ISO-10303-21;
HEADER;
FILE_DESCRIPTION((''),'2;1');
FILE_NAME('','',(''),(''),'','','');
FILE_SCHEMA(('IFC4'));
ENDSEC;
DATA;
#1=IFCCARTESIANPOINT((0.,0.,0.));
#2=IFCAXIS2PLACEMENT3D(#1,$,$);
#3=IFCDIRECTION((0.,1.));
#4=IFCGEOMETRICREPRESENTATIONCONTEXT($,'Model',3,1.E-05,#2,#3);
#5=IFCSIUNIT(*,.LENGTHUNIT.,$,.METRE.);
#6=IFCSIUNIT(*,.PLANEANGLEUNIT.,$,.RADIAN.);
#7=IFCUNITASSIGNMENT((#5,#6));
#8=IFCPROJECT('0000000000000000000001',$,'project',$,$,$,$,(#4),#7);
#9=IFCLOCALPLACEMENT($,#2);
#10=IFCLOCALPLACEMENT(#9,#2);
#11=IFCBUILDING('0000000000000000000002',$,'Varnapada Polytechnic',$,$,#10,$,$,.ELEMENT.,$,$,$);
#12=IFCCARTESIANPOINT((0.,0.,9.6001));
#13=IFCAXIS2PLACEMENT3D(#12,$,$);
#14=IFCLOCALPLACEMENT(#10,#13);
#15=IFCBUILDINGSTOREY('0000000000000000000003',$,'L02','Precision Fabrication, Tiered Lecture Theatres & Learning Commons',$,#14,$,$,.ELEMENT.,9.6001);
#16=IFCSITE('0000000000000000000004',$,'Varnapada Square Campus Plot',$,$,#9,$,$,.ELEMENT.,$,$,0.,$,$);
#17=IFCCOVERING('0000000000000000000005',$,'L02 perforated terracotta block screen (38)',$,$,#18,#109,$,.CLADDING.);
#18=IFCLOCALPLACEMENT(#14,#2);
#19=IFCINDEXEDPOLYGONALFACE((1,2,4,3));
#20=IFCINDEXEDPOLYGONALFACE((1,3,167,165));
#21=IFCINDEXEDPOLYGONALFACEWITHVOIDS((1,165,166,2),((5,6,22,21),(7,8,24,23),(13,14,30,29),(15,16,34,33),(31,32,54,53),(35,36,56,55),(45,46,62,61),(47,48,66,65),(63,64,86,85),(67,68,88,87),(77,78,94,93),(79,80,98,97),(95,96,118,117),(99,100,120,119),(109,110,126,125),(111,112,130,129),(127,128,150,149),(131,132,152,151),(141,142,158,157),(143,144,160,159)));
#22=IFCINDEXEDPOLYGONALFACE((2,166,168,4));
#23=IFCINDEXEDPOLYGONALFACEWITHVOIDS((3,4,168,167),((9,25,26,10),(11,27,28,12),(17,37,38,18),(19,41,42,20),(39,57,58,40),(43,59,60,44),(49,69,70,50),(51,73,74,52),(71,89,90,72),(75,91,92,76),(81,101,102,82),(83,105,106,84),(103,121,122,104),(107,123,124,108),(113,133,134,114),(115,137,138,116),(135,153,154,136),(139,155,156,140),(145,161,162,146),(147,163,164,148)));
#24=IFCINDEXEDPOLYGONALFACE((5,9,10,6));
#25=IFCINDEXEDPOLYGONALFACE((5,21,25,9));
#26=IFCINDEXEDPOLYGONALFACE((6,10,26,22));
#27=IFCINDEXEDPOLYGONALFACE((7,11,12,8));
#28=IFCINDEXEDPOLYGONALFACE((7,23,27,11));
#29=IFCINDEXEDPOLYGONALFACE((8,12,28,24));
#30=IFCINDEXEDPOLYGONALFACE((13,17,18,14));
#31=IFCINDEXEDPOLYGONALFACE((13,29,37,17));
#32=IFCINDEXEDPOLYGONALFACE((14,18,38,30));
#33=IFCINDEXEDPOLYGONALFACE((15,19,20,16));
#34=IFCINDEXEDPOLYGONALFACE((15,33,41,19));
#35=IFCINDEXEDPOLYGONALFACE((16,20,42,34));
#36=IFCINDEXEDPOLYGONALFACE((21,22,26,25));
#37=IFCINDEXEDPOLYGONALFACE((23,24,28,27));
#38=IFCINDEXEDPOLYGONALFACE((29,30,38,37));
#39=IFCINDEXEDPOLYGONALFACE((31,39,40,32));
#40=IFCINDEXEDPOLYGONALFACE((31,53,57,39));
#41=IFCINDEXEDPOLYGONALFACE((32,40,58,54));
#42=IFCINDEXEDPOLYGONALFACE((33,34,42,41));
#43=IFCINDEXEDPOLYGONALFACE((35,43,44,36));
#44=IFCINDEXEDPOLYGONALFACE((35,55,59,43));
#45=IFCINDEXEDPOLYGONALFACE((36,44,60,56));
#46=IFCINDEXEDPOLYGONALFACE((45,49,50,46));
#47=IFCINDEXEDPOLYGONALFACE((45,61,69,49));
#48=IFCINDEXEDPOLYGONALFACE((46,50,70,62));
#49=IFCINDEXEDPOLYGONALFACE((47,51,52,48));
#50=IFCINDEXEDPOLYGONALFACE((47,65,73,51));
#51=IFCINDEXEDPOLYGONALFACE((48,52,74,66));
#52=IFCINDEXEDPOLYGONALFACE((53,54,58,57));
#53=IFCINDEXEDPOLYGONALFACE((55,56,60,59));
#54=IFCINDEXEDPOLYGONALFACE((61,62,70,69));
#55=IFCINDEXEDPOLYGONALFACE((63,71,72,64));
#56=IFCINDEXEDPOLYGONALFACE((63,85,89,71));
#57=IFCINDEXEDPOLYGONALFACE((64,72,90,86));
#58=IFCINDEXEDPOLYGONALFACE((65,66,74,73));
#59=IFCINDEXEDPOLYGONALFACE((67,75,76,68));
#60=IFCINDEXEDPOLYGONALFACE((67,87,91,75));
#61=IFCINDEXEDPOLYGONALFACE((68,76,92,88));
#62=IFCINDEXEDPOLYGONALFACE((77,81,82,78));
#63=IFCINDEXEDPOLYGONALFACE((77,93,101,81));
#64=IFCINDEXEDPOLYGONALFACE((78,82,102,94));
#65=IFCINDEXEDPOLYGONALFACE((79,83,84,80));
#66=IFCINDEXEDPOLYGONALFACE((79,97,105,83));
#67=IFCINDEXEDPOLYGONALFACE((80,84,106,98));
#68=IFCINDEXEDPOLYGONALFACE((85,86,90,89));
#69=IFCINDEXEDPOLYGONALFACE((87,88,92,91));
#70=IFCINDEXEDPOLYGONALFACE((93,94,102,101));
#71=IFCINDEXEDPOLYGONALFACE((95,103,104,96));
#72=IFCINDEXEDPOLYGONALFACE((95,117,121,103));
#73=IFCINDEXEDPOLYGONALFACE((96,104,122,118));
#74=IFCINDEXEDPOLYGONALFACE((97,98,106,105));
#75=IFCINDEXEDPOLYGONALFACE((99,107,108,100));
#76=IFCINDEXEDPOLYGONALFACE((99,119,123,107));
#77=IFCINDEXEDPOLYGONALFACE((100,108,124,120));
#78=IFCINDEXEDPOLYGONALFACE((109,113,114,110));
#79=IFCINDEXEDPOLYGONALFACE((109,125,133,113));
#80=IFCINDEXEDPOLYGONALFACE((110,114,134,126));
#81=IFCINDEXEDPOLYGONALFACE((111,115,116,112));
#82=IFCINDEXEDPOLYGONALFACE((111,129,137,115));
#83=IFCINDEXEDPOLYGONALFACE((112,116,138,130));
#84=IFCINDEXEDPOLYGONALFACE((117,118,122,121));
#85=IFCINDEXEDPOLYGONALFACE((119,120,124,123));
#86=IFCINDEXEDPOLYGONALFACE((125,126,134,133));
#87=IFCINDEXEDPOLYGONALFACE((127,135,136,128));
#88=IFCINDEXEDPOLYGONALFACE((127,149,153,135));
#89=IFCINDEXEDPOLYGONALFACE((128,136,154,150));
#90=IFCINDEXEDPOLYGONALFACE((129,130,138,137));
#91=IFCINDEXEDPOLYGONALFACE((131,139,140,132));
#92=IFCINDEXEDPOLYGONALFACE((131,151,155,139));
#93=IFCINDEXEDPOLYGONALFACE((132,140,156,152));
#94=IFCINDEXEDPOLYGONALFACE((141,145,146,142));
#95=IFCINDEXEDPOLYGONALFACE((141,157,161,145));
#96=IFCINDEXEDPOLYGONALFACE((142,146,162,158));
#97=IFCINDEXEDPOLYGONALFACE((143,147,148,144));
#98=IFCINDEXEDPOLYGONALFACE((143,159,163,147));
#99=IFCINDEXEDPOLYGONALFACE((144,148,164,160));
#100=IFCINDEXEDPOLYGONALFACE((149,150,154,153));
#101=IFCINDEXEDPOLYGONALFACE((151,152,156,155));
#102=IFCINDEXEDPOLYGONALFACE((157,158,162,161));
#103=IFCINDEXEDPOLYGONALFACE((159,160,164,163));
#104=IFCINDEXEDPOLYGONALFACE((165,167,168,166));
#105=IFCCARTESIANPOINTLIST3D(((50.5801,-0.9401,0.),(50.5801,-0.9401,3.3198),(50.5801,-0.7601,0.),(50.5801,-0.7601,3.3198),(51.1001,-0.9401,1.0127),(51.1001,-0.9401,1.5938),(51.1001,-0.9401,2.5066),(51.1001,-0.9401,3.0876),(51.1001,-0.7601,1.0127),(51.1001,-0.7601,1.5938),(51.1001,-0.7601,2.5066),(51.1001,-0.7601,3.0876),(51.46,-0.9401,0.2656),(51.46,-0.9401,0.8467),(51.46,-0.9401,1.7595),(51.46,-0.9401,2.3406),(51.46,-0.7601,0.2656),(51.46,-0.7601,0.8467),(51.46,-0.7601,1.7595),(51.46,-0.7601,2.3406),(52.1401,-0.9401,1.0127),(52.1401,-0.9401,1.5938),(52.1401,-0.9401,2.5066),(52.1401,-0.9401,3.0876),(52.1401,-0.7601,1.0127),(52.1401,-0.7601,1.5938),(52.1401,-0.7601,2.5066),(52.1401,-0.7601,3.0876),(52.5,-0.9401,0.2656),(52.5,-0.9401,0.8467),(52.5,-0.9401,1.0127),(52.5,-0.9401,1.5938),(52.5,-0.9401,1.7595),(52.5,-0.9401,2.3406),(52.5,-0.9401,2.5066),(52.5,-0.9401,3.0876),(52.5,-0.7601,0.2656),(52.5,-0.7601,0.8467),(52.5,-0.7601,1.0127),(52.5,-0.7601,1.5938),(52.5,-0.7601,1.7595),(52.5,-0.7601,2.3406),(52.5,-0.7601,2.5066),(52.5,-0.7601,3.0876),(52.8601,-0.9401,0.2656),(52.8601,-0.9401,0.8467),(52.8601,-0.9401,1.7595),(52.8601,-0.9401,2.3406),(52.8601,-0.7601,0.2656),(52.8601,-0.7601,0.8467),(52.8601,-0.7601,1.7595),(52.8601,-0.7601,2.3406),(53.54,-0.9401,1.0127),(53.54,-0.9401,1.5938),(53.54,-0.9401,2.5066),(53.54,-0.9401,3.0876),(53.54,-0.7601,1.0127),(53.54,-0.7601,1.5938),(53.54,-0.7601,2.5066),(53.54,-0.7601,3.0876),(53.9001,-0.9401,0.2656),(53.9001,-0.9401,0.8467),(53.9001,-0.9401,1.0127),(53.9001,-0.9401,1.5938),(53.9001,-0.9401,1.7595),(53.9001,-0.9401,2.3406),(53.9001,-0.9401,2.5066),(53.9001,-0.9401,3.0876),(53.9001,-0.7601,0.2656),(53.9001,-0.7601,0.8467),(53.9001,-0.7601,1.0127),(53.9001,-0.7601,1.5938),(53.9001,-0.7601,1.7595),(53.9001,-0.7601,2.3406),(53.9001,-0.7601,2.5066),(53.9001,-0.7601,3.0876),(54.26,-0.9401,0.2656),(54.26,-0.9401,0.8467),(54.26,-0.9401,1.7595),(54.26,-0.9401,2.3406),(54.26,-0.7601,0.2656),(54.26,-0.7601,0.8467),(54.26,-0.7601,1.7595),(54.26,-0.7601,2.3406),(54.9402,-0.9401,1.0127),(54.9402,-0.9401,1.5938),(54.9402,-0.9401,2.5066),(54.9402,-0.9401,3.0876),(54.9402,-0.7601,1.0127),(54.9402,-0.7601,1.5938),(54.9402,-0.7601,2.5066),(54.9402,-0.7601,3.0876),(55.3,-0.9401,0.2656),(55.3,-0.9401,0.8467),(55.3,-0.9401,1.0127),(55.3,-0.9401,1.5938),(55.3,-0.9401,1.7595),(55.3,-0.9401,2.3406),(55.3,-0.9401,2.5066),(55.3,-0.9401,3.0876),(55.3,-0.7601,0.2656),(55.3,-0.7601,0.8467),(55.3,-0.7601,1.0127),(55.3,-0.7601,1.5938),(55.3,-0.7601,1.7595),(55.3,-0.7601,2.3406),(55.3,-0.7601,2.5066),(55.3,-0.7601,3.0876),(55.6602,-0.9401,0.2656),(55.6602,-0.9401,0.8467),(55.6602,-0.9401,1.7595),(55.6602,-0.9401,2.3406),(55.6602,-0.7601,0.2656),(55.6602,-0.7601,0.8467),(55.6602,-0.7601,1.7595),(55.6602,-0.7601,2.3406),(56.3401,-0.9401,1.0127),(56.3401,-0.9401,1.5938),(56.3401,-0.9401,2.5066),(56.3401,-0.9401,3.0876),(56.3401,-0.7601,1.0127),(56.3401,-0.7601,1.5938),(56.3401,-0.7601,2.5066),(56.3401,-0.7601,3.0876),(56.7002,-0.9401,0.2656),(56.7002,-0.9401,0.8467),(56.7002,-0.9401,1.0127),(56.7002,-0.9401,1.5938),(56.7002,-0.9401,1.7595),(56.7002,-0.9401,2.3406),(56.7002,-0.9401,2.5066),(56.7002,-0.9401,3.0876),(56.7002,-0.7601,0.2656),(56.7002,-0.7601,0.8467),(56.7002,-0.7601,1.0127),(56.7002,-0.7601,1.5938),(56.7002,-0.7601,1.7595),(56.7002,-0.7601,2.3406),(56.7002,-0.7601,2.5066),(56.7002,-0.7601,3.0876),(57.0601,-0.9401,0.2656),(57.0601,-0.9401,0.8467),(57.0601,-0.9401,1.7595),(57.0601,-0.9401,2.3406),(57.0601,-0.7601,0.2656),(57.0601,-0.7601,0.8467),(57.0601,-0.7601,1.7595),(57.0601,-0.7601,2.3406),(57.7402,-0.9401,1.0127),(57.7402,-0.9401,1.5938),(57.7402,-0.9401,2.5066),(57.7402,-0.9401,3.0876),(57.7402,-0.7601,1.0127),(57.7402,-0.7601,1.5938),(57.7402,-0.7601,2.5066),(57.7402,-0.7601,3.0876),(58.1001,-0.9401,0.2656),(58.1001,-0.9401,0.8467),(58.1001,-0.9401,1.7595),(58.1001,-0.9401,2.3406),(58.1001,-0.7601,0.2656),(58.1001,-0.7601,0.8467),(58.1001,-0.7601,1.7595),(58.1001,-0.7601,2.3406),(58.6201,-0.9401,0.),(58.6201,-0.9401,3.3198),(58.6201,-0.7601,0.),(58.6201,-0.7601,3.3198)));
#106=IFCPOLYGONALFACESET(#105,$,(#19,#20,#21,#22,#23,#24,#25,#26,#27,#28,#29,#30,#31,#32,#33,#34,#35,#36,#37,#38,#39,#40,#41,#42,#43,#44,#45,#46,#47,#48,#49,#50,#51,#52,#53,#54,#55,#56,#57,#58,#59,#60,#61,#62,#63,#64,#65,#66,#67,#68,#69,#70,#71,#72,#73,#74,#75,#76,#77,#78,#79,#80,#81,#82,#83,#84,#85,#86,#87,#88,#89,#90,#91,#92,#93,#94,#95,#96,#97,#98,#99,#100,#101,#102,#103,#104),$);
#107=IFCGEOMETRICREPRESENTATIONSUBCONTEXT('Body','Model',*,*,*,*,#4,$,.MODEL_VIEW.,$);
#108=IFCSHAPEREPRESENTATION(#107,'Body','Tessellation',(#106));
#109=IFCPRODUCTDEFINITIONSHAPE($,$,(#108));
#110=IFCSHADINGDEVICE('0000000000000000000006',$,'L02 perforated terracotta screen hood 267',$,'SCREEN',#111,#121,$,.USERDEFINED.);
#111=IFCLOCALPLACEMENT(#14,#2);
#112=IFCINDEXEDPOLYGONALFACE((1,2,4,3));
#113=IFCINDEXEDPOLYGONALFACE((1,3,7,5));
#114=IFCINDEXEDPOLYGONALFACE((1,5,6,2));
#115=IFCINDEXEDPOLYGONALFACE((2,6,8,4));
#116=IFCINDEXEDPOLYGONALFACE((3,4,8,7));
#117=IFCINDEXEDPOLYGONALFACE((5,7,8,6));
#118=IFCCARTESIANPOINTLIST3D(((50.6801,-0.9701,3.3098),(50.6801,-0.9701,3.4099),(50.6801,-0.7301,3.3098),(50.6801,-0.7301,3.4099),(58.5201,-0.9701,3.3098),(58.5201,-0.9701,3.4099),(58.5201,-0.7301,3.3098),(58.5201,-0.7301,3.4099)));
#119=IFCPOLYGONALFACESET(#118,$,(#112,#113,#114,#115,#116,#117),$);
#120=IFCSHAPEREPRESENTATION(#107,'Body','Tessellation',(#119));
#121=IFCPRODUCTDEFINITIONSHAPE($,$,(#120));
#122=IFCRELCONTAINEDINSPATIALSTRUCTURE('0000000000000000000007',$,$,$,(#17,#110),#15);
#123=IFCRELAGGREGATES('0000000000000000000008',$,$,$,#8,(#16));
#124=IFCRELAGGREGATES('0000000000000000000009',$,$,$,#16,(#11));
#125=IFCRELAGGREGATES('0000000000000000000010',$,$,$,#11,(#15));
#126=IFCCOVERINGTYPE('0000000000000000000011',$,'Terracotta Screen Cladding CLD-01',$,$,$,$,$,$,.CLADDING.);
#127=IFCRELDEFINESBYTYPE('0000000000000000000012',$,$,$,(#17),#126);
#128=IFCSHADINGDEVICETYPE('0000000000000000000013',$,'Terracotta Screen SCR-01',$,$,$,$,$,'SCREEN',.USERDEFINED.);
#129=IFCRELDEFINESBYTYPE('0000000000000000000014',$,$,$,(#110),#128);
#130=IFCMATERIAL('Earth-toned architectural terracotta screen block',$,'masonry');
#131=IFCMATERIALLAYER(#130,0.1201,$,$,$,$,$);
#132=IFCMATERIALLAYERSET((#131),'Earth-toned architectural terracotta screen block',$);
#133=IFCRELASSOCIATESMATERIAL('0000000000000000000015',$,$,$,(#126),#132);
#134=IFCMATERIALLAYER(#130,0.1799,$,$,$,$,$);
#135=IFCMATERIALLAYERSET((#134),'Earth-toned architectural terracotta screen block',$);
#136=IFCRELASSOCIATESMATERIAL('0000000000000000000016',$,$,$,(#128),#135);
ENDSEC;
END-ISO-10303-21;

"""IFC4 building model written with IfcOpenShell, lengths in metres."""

from ifc_helpers import new_model, si_unit, direction, frame, frame_2d, origin, origin_2d, place, context, subcontext, project, spatial, rectangle, extrude, material, layer, layer_set, type_object, element, save


model = new_model("IFC4")

# Units and contexts
model_context = context("Model", 3, precision=1e-05, world=origin(), true_north=direction((0.0, 1.0)))
body_context = subcontext(model_context, "Body", "Model", "MODEL_VIEW")
ifc_project = project(units=[si_unit("LENGTHUNIT", "METRE"), si_unit("PLANEANGLEUNIT", "RADIAN")], contexts=[model_context])

# Site, building, storey
site_placement = place(None, origin())
site = spatial("IfcSite", under=ifc_project, at=site_placement, Name="Varnapada Square Campus Plot", CompositionType="ELEMENT", RefElevation=0.0)
building_placement = place(site_placement, origin())
building = spatial("IfcBuilding", under=site, at=building_placement, Name="Varnapada Polytechnic", CompositionType="ELEMENT")
storey_placement = place(building_placement, frame((0.0, 0.0, 9.6001)))
storey = spatial("IfcBuildingStorey", under=building, at=storey_placement, Name="L02", Description="Precision Fabrication, Tiered Lecture Theatres & Learning Commons", CompositionType="ELEMENT", Elevation=9.6001)

# Covering, openings
ifc_material_1 = material(Name="Earth-toned architectural terracotta screen block", Category="masonry")
ifc_layer_1 = layer(ifc_material_1, 0.1201)
ifc_layer_set_1 = layer_set([ifc_layer_1], Name="Earth-toned architectural terracotta screen block")
covering_type = type_object("IfcCoveringType", Name="Terracotta Screen Cladding CLD-01", PredefinedType="CLADDING", material=ifc_layer_set_1)
covering_placement = place(storey_placement, frame((58.6201, -0.8501, 0.0), z_axis=(0.0, 0.0, 1.0), x_axis=(-1.0, 0.0, 0.0)))
covering = element("IfcCovering", 1, at=covering_placement, inside=storey, type_object=covering_type, Name="L02 perforated terracotta block screen (38)", PredefinedType="CLADDING", context=body_context, shape_type="SweptSolid", body=[
    extrude(rectangle(XDim=8.04, YDim=0.1799, at=frame_2d((4.02, 0.0))), origin(), (0.0, 0.0, 1.0), 3.3198),
])
opening_1_placement = place(covering_placement, frame((0.52, 0.0, 0.2656)))
element("IfcOpeningElement", 2, at=opening_1_placement, cuts=covering, PredefinedType="OPENING", context=body_context, shape_type="SweptSolid", body=[
    extrude(rectangle(XDim=1.04, YDim=0.5811, at=frame_2d((0.52, 0.2905))), frame((0.0, 0.0999, 0.0), z_axis=(0.0, -1.0, 0.0), x_axis=(1.0, 0.0, 0.0)), (0.0, 0.0, 1.0), 0.2),
])
opening_2_placement = place(covering_placement, frame((1.9199, 0.0, 0.2656)))
element("IfcOpeningElement", 3, at=opening_2_placement, cuts=covering, PredefinedType="OPENING", context=body_context, shape_type="SweptSolid", body=[
    extrude(rectangle(XDim=1.04, YDim=0.5811, at=frame_2d((0.52, 0.2905))), frame((0.0, 0.0999, 0.0), z_axis=(0.0, -1.0, 0.0), x_axis=(1.0, 0.0, 0.0)), (0.0, 0.0, 1.0), 0.2),
])
opening_3_placement = place(covering_placement, frame((3.3201, 0.0, 0.2656)))
element("IfcOpeningElement", 4, at=opening_3_placement, cuts=covering, PredefinedType="OPENING", context=body_context, shape_type="SweptSolid", body=[
    extrude(rectangle(XDim=1.04, YDim=0.5811, at=frame_2d((0.52, 0.2905))), frame((0.0, 0.0999, 0.0), z_axis=(0.0, -1.0, 0.0), x_axis=(1.0, 0.0, 0.0)), (0.0, 0.0, 1.0), 0.2),
])
opening_4_placement = place(covering_placement, frame((4.72, 0.0, 0.2656)))
element("IfcOpeningElement", 5, at=opening_4_placement, cuts=covering, PredefinedType="OPENING", context=body_context, shape_type="SweptSolid", body=[
    extrude(rectangle(XDim=1.04, YDim=0.5811, at=frame_2d((0.52, 0.2905))), frame((0.0, 0.0999, 0.0), z_axis=(0.0, -1.0, 0.0), x_axis=(1.0, 0.0, 0.0)), (0.0, 0.0, 1.0), 0.2),
])
opening_5_placement = place(covering_placement, frame((6.1201, 0.0, 0.2656)))
element("IfcOpeningElement", 6, at=opening_5_placement, cuts=covering, PredefinedType="OPENING", context=body_context, shape_type="SweptSolid", body=[
    extrude(rectangle(XDim=1.04, YDim=0.5811, at=frame_2d((0.52, 0.2905))), frame((0.0, 0.0999, 0.0), z_axis=(0.0, -1.0, 0.0), x_axis=(1.0, 0.0, 0.0)), (0.0, 0.0, 1.0), 0.2),
])
opening_6_placement = place(covering_placement, frame((0.8799, 0.0, 1.0127)))
element("IfcOpeningElement", 7, at=opening_6_placement, cuts=covering, PredefinedType="OPENING", context=body_context, shape_type="SweptSolid", body=[
    extrude(rectangle(XDim=1.04, YDim=0.5811, at=frame_2d((0.52, 0.2905))), frame((0.0, 0.0999, 0.0), z_axis=(0.0, -1.0, 0.0), x_axis=(1.0, 0.0, 0.0)), (0.0, 0.0, 1.0), 0.2),
])
opening_7_placement = place(covering_placement, frame((2.28, 0.0, 1.0127)))
element("IfcOpeningElement", 8, at=opening_7_placement, cuts=covering, PredefinedType="OPENING", context=body_context, shape_type="SweptSolid", body=[
    extrude(rectangle(XDim=1.04, YDim=0.5811, at=frame_2d((0.52, 0.2905))), frame((0.0, 0.0999, 0.0), z_axis=(0.0, -1.0, 0.0), x_axis=(1.0, 0.0, 0.0)), (0.0, 0.0, 1.0), 0.2),
])
opening_8_placement = place(covering_placement, frame((3.6799, 0.0, 1.0127)))
element("IfcOpeningElement", 9, at=opening_8_placement, cuts=covering, PredefinedType="OPENING", context=body_context, shape_type="SweptSolid", body=[
    extrude(rectangle(XDim=1.04, YDim=0.5811, at=frame_2d((0.52, 0.2905))), frame((0.0, 0.0999, 0.0), z_axis=(0.0, -1.0, 0.0), x_axis=(1.0, 0.0, 0.0)), (0.0, 0.0, 1.0), 0.2),
])
opening_9_placement = place(covering_placement, frame((5.0801, 0.0, 1.0127)))
element("IfcOpeningElement", 10, at=opening_9_placement, cuts=covering, PredefinedType="OPENING", context=body_context, shape_type="SweptSolid", body=[
    extrude(rectangle(XDim=1.04, YDim=0.5811, at=frame_2d((0.52, 0.2905))), frame((0.0, 0.0999, 0.0), z_axis=(0.0, -1.0, 0.0), x_axis=(1.0, 0.0, 0.0)), (0.0, 0.0, 1.0), 0.2),
])
opening_10_placement = place(covering_placement, frame((6.48, 0.0, 1.0127)))
element("IfcOpeningElement", 11, at=opening_10_placement, cuts=covering, PredefinedType="OPENING", context=body_context, shape_type="SweptSolid", body=[
    extrude(rectangle(XDim=1.04, YDim=0.5811, at=frame_2d((0.52, 0.2905))), frame((0.0, 0.0999, 0.0), z_axis=(0.0, -1.0, 0.0), x_axis=(1.0, 0.0, 0.0)), (0.0, 0.0, 1.0), 0.2),
])
opening_11_placement = place(covering_placement, frame((0.52, 0.0, 1.7595)))
element("IfcOpeningElement", 12, at=opening_11_placement, cuts=covering, PredefinedType="OPENING", context=body_context, shape_type="SweptSolid", body=[
    extrude(rectangle(XDim=1.04, YDim=0.5811, at=frame_2d((0.52, 0.2905))), frame((0.0, 0.0999, 0.0), z_axis=(0.0, -1.0, 0.0), x_axis=(1.0, 0.0, 0.0)), (0.0, 0.0, 1.0), 0.2),
])
opening_12_placement = place(covering_placement, frame((1.9199, 0.0, 1.7595)))
element("IfcOpeningElement", 13, at=opening_12_placement, cuts=covering, PredefinedType="OPENING", context=body_context, shape_type="SweptSolid", body=[
    extrude(rectangle(XDim=1.04, YDim=0.5811, at=frame_2d((0.52, 0.2905))), frame((0.0, 0.0999, 0.0), z_axis=(0.0, -1.0, 0.0), x_axis=(1.0, 0.0, 0.0)), (0.0, 0.0, 1.0), 0.2),
])
opening_13_placement = place(covering_placement, frame((3.3201, 0.0, 1.7595)))
element("IfcOpeningElement", 14, at=opening_13_placement, cuts=covering, PredefinedType="OPENING", context=body_context, shape_type="SweptSolid", body=[
    extrude(rectangle(XDim=1.04, YDim=0.5811, at=frame_2d((0.52, 0.2905))), frame((0.0, 0.0999, 0.0), z_axis=(0.0, -1.0, 0.0), x_axis=(1.0, 0.0, 0.0)), (0.0, 0.0, 1.0), 0.2),
])
opening_14_placement = place(covering_placement, frame((4.72, 0.0, 1.7595)))
element("IfcOpeningElement", 15, at=opening_14_placement, cuts=covering, PredefinedType="OPENING", context=body_context, shape_type="SweptSolid", body=[
    extrude(rectangle(XDim=1.04, YDim=0.5811, at=frame_2d((0.52, 0.2905))), frame((0.0, 0.0999, 0.0), z_axis=(0.0, -1.0, 0.0), x_axis=(1.0, 0.0, 0.0)), (0.0, 0.0, 1.0), 0.2),
])
opening_15_placement = place(covering_placement, frame((6.1201, 0.0, 1.7595)))
element("IfcOpeningElement", 16, at=opening_15_placement, cuts=covering, PredefinedType="OPENING", context=body_context, shape_type="SweptSolid", body=[
    extrude(rectangle(XDim=1.04, YDim=0.5811, at=frame_2d((0.52, 0.2905))), frame((0.0, 0.0999, 0.0), z_axis=(0.0, -1.0, 0.0), x_axis=(1.0, 0.0, 0.0)), (0.0, 0.0, 1.0), 0.2),
])
opening_16_placement = place(covering_placement, frame((0.8799, 0.0, 2.5066)))
element("IfcOpeningElement", 17, at=opening_16_placement, cuts=covering, PredefinedType="OPENING", context=body_context, shape_type="SweptSolid", body=[
    extrude(rectangle(XDim=1.04, YDim=0.5811, at=frame_2d((0.52, 0.2905))), frame((0.0, 0.0999, 0.0), z_axis=(0.0, -1.0, 0.0), x_axis=(1.0, 0.0, 0.0)), (0.0, 0.0, 1.0), 0.2),
])
opening_17_placement = place(covering_placement, frame((2.28, 0.0, 2.5066)))
element("IfcOpeningElement", 18, at=opening_17_placement, cuts=covering, PredefinedType="OPENING", context=body_context, shape_type="SweptSolid", body=[
    extrude(rectangle(XDim=1.04, YDim=0.5811, at=frame_2d((0.52, 0.2905))), frame((0.0, 0.0999, 0.0), z_axis=(0.0, -1.0, 0.0), x_axis=(1.0, 0.0, 0.0)), (0.0, 0.0, 1.0), 0.2),
])
opening_18_placement = place(covering_placement, frame((3.6799, 0.0, 2.5066)))
element("IfcOpeningElement", 19, at=opening_18_placement, cuts=covering, PredefinedType="OPENING", context=body_context, shape_type="SweptSolid", body=[
    extrude(rectangle(XDim=1.04, YDim=0.5811, at=frame_2d((0.52, 0.2905))), frame((0.0, 0.0999, 0.0), z_axis=(0.0, -1.0, 0.0), x_axis=(1.0, 0.0, 0.0)), (0.0, 0.0, 1.0), 0.2),
])
opening_19_placement = place(covering_placement, frame((5.0801, 0.0, 2.5066)))
element("IfcOpeningElement", 20, at=opening_19_placement, cuts=covering, PredefinedType="OPENING", context=body_context, shape_type="SweptSolid", body=[
    extrude(rectangle(XDim=1.04, YDim=0.5811, at=frame_2d((0.52, 0.2905))), frame((0.0, 0.0999, 0.0), z_axis=(0.0, -1.0, 0.0), x_axis=(1.0, 0.0, 0.0)), (0.0, 0.0, 1.0), 0.2),
])
opening_20_placement = place(covering_placement, frame((6.48, 0.0, 2.5066)))
element("IfcOpeningElement", 21, at=opening_20_placement, cuts=covering, PredefinedType="OPENING", context=body_context, shape_type="SweptSolid", body=[
    extrude(rectangle(XDim=1.04, YDim=0.5811, at=frame_2d((0.52, 0.2905))), frame((0.0, 0.0999, 0.0), z_axis=(0.0, -1.0, 0.0), x_axis=(1.0, 0.0, 0.0)), (0.0, 0.0, 1.0), 0.2),
])

# Shading device
ifc_layer_2 = layer(ifc_material_1, 0.1799)
ifc_layer_set_2 = layer_set([ifc_layer_2], Name="Earth-toned architectural terracotta screen block")
shading_device_type = type_object("IfcShadingDeviceType", Name="Terracotta Screen SCR-01", ElementType="SCREEN", PredefinedType="USERDEFINED", material=ifc_layer_set_2)
shading_device_placement = place(storey_placement, frame((54.6001, -0.8501, 3.3098), z_axis=(0.0, 0.0, 1.0), x_axis=(-1.0, 0.0, 0.0)))
element("IfcShadingDevice", 22, at=shading_device_placement, inside=storey, type_object=shading_device_type, Name="L02 perforated terracotta screen hood 267", ObjectType="SCREEN", PredefinedType="USERDEFINED", context=body_context, shape_type="SweptSolid", body=[
    extrude(rectangle(XDim=7.8401, YDim=0.24, at=origin_2d()), origin(), (0.0, 0.0, 1.0), 0.1001),
])

save(model, "model.ifc")
